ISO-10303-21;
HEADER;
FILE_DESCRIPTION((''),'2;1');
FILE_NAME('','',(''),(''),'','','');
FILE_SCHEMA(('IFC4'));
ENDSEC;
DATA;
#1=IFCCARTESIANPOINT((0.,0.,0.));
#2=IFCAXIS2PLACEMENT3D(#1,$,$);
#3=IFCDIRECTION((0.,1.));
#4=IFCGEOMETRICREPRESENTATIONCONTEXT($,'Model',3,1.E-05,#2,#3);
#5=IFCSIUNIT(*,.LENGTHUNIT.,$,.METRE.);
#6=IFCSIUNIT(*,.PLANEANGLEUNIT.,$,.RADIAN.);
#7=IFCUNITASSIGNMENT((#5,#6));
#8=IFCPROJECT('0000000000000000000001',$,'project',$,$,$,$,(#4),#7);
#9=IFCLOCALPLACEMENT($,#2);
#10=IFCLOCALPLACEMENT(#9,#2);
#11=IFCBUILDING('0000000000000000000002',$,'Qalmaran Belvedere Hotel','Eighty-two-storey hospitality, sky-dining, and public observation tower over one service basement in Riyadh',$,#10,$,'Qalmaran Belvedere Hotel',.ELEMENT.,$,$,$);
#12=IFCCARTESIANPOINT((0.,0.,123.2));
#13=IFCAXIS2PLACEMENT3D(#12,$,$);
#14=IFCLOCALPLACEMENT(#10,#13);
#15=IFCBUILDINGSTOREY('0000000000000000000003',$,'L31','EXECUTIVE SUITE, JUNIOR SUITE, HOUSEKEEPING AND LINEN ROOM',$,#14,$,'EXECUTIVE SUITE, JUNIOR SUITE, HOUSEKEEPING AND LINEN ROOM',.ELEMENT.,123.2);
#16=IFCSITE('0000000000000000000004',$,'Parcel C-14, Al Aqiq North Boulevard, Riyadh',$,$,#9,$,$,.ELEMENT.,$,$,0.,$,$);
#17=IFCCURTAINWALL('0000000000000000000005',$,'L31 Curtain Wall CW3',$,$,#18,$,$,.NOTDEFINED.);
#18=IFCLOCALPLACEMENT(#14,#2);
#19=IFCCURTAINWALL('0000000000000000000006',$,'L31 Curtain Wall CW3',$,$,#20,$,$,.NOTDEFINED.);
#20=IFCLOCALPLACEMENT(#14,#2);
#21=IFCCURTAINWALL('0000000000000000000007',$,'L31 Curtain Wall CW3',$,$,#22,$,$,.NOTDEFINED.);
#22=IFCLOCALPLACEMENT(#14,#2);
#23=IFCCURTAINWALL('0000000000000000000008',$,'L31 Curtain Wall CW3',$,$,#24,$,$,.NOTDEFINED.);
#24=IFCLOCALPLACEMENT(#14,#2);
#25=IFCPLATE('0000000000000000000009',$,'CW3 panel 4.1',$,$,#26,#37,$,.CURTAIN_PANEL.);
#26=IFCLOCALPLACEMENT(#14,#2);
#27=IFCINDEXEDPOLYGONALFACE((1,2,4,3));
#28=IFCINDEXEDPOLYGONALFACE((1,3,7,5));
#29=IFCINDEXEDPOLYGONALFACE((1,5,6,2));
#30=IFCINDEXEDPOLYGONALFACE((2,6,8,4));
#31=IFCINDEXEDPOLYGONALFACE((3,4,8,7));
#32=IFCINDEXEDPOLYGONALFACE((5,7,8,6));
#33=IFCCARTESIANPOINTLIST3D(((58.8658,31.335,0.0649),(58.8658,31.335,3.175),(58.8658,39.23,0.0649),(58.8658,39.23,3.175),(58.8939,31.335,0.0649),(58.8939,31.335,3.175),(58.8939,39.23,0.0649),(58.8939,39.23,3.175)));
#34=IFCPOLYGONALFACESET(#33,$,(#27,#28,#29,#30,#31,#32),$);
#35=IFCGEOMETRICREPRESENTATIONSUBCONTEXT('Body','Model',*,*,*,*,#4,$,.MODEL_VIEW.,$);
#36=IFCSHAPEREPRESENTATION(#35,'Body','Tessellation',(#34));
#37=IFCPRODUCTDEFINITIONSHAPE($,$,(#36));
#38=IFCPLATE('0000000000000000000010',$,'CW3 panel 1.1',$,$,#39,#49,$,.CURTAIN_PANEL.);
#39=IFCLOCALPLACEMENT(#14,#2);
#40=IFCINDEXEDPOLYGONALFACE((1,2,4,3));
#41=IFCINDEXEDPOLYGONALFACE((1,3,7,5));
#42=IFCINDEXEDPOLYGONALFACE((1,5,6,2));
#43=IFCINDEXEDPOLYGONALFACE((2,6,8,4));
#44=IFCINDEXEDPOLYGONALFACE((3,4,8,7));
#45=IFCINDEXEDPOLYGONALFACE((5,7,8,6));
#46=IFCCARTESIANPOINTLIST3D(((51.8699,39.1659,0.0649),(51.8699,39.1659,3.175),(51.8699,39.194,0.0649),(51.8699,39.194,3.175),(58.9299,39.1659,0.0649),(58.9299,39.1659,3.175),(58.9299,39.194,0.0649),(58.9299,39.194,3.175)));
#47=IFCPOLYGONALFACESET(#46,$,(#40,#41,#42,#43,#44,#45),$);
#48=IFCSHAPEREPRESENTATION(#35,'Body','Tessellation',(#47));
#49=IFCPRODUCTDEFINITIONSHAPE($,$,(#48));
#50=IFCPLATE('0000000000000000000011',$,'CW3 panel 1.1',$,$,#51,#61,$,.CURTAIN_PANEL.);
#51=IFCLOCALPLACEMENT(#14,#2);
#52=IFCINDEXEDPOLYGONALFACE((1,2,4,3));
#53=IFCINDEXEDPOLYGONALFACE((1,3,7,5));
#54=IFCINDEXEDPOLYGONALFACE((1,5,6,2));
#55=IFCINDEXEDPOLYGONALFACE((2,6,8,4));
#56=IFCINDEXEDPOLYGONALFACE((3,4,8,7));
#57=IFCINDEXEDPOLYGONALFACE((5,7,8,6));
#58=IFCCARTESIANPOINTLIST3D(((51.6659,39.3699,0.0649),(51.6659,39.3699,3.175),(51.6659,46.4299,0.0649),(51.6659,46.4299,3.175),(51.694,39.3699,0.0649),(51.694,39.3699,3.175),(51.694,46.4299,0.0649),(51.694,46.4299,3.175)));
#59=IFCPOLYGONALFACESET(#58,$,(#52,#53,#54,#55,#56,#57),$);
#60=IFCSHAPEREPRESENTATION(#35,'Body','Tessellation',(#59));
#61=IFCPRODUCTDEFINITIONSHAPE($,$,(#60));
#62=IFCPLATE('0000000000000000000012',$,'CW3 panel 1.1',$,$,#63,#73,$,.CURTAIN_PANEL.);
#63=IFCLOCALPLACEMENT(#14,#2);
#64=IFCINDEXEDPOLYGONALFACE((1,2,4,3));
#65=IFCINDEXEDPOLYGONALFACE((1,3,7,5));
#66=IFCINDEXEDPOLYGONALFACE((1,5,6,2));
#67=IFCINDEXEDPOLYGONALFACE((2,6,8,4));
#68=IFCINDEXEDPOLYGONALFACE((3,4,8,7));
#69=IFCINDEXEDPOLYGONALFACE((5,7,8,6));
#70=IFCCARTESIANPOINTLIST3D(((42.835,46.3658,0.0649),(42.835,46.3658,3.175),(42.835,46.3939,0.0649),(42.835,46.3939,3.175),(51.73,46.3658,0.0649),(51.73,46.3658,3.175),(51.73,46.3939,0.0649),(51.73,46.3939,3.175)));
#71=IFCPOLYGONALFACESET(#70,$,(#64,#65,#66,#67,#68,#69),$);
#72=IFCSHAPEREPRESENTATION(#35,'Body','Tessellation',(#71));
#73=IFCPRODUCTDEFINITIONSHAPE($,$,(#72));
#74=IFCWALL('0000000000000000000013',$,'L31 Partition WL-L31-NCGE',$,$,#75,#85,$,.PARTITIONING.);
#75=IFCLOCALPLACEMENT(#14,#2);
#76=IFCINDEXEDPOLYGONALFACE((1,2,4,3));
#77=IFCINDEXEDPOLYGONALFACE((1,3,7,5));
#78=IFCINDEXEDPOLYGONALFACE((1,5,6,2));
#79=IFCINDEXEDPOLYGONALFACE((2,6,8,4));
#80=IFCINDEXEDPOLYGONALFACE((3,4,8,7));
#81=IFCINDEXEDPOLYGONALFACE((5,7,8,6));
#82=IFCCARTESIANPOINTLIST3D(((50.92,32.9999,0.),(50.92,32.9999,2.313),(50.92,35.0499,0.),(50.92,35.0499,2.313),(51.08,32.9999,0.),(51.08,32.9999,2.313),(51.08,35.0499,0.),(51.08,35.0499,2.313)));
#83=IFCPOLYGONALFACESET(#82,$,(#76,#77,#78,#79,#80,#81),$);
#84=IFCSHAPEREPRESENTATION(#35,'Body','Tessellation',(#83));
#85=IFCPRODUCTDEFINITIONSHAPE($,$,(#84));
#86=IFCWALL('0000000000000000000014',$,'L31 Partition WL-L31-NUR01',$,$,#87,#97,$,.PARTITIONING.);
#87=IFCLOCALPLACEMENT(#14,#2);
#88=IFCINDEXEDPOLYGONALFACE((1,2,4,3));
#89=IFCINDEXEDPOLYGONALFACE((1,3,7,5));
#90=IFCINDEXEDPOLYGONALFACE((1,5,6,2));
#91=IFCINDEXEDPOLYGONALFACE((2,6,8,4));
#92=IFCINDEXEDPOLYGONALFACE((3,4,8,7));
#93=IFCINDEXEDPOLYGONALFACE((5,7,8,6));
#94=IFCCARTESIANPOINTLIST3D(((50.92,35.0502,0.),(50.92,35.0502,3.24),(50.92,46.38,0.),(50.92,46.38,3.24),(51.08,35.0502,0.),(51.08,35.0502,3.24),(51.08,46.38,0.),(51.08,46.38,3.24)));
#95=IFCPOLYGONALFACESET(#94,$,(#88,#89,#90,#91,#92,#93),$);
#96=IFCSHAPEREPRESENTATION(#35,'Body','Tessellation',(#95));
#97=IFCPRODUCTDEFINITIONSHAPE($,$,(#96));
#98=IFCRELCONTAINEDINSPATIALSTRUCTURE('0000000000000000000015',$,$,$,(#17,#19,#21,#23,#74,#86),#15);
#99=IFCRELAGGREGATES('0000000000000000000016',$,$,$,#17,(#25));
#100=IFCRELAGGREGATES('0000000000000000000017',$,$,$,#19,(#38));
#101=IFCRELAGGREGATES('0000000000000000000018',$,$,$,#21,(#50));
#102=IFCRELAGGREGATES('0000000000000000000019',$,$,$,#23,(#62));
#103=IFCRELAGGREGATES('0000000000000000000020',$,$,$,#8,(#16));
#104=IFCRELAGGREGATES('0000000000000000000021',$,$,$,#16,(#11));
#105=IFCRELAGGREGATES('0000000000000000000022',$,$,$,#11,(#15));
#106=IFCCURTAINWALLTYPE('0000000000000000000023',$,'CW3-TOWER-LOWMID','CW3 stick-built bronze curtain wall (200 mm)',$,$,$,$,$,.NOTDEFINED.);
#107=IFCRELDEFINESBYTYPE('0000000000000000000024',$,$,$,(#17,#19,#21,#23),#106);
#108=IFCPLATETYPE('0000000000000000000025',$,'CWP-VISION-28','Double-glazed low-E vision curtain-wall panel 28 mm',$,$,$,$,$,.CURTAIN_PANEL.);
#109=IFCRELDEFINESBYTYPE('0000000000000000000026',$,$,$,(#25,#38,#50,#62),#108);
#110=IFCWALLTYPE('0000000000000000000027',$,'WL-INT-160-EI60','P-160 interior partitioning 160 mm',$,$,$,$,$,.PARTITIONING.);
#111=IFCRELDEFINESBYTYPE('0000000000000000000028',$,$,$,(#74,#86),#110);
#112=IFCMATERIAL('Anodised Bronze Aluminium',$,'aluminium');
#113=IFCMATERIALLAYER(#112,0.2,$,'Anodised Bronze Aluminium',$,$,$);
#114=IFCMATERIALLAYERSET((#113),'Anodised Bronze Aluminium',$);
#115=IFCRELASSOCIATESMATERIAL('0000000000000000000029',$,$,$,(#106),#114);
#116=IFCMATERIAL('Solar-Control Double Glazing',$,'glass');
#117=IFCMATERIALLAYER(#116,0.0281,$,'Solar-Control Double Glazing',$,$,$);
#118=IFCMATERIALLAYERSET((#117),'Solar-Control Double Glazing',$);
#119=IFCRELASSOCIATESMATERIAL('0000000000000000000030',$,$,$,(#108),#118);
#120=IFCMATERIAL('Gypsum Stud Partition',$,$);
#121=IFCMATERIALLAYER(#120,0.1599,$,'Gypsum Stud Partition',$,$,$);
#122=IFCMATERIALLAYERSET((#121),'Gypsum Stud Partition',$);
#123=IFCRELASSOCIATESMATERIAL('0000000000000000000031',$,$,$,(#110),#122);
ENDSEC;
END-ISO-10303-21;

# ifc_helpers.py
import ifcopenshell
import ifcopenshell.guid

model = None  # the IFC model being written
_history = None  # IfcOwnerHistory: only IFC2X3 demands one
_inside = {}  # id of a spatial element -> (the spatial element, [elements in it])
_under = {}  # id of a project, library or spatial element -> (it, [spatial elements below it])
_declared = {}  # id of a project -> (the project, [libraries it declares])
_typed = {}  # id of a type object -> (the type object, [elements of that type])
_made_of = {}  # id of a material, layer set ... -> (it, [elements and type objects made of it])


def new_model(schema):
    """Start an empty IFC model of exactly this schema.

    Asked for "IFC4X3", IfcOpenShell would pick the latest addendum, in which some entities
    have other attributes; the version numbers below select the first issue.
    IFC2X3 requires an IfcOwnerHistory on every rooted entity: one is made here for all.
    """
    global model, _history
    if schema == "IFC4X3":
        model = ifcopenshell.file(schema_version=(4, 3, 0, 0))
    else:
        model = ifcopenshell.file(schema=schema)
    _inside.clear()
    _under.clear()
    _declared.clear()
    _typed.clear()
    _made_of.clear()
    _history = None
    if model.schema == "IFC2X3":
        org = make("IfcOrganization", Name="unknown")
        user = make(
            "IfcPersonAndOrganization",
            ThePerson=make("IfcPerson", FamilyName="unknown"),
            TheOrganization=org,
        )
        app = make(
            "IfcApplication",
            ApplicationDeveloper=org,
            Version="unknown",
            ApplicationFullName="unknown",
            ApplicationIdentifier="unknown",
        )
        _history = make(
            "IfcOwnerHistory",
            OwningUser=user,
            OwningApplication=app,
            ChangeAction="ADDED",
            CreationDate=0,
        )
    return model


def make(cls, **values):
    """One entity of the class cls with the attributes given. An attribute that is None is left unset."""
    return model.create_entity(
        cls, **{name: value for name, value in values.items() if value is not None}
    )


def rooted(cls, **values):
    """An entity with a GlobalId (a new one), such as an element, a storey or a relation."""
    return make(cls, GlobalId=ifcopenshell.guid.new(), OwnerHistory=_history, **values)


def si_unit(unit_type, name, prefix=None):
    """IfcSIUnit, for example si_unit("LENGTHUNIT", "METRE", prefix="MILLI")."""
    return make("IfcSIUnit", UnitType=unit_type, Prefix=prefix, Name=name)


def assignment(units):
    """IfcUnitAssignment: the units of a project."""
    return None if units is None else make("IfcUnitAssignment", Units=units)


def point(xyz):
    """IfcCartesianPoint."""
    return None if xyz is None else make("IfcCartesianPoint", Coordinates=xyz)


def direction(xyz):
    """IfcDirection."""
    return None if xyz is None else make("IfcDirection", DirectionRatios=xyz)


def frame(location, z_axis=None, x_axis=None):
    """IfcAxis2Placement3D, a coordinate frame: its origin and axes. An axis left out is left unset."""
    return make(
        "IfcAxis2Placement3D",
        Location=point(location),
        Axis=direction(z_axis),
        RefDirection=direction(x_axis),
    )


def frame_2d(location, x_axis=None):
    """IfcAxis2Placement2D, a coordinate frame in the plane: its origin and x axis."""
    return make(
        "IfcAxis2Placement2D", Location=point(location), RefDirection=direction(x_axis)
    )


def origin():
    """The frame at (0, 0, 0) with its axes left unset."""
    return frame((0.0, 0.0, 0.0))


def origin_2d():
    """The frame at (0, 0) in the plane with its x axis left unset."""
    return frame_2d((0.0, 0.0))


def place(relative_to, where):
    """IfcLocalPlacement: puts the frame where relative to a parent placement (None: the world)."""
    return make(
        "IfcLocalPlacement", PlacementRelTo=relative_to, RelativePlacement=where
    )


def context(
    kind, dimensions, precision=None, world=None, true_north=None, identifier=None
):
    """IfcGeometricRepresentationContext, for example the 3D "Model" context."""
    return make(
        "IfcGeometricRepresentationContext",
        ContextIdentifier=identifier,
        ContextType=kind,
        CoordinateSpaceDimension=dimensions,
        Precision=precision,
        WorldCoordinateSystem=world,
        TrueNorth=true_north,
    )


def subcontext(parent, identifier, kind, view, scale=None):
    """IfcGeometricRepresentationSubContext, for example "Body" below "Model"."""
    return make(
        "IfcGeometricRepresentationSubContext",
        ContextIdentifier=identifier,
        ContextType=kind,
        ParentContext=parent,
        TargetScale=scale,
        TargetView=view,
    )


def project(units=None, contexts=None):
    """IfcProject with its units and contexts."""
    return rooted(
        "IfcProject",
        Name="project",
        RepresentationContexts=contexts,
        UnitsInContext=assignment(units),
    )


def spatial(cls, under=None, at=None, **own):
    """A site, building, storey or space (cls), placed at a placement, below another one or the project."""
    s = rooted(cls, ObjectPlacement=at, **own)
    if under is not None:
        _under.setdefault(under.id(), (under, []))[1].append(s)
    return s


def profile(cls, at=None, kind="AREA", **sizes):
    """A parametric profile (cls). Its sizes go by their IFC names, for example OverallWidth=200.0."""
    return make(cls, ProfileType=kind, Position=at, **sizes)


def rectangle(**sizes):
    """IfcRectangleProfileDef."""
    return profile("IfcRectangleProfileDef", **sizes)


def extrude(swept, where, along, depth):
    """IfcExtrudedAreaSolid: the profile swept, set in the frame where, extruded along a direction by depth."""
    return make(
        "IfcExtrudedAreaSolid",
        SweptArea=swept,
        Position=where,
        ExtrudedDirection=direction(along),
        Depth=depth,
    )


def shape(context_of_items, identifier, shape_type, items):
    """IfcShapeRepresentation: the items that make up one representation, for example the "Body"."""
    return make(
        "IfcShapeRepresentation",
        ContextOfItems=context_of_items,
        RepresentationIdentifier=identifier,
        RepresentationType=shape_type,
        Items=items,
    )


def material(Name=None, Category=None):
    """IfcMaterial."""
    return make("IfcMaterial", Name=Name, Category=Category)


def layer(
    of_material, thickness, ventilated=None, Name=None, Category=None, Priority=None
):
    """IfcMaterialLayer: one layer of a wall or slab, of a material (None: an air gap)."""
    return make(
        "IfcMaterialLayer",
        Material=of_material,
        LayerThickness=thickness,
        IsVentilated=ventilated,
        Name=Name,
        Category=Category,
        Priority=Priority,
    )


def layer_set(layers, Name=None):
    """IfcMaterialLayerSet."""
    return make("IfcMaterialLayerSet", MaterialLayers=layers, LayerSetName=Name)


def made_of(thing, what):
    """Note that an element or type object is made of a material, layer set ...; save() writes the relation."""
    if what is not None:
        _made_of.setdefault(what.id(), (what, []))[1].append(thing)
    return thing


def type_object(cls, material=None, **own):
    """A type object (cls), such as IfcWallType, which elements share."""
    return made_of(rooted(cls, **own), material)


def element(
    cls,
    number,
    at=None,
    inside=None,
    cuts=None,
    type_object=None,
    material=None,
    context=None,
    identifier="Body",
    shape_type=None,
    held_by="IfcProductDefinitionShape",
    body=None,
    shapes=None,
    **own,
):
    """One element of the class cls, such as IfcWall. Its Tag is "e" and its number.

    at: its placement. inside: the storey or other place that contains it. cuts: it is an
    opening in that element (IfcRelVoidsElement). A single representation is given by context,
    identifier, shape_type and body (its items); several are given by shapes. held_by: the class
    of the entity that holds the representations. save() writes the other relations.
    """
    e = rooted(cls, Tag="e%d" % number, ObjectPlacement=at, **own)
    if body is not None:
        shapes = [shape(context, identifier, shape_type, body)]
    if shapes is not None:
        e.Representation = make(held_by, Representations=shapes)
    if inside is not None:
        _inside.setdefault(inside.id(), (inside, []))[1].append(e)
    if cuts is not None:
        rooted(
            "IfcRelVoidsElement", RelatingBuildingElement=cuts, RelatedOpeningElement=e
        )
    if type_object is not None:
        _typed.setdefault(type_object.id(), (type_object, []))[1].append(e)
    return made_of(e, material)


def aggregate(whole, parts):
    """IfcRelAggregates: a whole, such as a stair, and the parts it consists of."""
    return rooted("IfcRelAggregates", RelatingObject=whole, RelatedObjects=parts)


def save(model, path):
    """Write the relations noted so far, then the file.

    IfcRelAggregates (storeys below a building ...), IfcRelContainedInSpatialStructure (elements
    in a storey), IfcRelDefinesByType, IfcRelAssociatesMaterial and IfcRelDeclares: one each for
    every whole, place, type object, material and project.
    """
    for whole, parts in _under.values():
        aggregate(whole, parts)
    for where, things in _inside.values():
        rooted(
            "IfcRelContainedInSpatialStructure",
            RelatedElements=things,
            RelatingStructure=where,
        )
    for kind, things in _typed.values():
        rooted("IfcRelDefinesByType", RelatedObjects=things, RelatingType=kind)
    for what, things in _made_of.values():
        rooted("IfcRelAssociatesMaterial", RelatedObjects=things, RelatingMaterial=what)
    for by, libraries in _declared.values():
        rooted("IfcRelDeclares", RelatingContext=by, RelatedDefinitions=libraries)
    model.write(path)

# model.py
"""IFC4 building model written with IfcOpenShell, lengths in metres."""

from ifc_helpers import new_model, si_unit, direction, frame, frame_2d, origin, origin_2d, place, context, subcontext, project, spatial, rectangle, extrude, material, layer, layer_set, type_object, element, aggregate, save


model = new_model("IFC4")

# Units and contexts
model_context = context("Model", 3, precision=1e-05, world=origin(), true_north=direction((0.0, 1.0)))
body_context = subcontext(model_context, "Body", "Model", "MODEL_VIEW")
ifc_project = project(units=[si_unit("LENGTHUNIT", "METRE"), si_unit("PLANEANGLEUNIT", "RADIAN")], contexts=[model_context])

# Site, building, storey
site_placement = place(None, origin())
site = spatial("IfcSite", under=ifc_project, at=site_placement, Name="Parcel C-14, Al Aqiq North Boulevard, Riyadh", CompositionType="ELEMENT", RefElevation=0.0)
building_placement = place(site_placement, origin())
building = spatial("IfcBuilding", under=site, at=building_placement, Name="Qalmaran Belvedere Hotel", Description="Eighty-two-storey hospitality, sky-dining, and public observation tower over one service basement in Riyadh", LongName="Qalmaran Belvedere Hotel", CompositionType="ELEMENT")
storey_placement = place(building_placement, frame((0.0, 0.0, 123.2)))
storey = spatial("IfcBuildingStorey", under=building, at=storey_placement, Name="L31", Description="EXECUTIVE SUITE, JUNIOR SUITE, HOUSEKEEPING AND LINEN ROOM", LongName="EXECUTIVE SUITE, JUNIOR SUITE, HOUSEKEEPING AND LINEN ROOM", CompositionType="ELEMENT", Elevation=123.2)

# Curtain wall
ifc_material_1 = material(Name="Anodised Bronze Aluminium", Category="aluminium")
ifc_layer_1 = layer(ifc_material_1, 0.2, Name="Anodised Bronze Aluminium")
ifc_layer_set_1 = layer_set([ifc_layer_1], Name="Anodised Bronze Aluminium")
curtain_wall_type = type_object("IfcCurtainWallType", Name="CW3-TOWER-LOWMID", Description="CW3 stick-built bronze curtain wall (200 mm)", PredefinedType="NOTDEFINED", material=ifc_layer_set_1)
curtain_wall_1_placement = place(storey_placement, origin())
curtain_wall_1 = element("IfcCurtainWall", 1, at=curtain_wall_1_placement, inside=storey, type_object=curtain_wall_type, Name="L31 Curtain Wall CW3", PredefinedType="NOTDEFINED")

# Curtain walls
curtain_wall_2_placement = place(storey_placement, origin())
curtain_wall_2 = element("IfcCurtainWall", 2, at=curtain_wall_2_placement, inside=storey, type_object=curtain_wall_type, Name="L31 Curtain Wall CW3", PredefinedType="NOTDEFINED")
curtain_wall_3_placement = place(storey_placement, origin())
curtain_wall_3 = element("IfcCurtainWall", 3, at=curtain_wall_3_placement, inside=storey, type_object=curtain_wall_type, Name="L31 Curtain Wall CW3", PredefinedType="NOTDEFINED")

# Curtain wall
curtain_wall_4_placement = place(storey_placement, origin())
curtain_wall_4 = element("IfcCurtainWall", 4, at=curtain_wall_4_placement, inside=storey, type_object=curtain_wall_type, Name="L31 Curtain Wall CW3", PredefinedType="NOTDEFINED")

# Plates
ifc_material_2 = material(Name="Solar-Control Double Glazing", Category="glass")
ifc_layer_2 = layer(ifc_material_2, 0.0281, Name="Solar-Control Double Glazing")
ifc_layer_set_2 = layer_set([ifc_layer_2], Name="Solar-Control Double Glazing")
plate_type = type_object("IfcPlateType", Name="CWP-VISION-28", Description="Double-glazed low-E vision curtain-wall panel 28 mm", PredefinedType="CURTAIN_PANEL", material=ifc_layer_set_2)
plate_1_placement = place(storey_placement, frame((58.8799, 35.2825, 0.0649), z_axis=(0.0, 0.0, 1.0), x_axis=(0.0, 1.0, 0.0)))
plate_1 = element("IfcPlate", 5, at=plate_1_placement, type_object=plate_type, Name="CW3 panel 4.1", PredefinedType="CURTAIN_PANEL", context=body_context, shape_type="SweptSolid", body=[
    extrude(rectangle(XDim=7.895, YDim=0.0281, at=origin_2d()), origin(), (0.0, 0.0, 1.0), 3.1101),
])
aggregate(curtain_wall_1, [plate_1])
plate_2_placement = place(storey_placement, frame((55.3999, 39.1799, 0.0649), z_axis=(0.0, 0.0, 1.0), x_axis=(-1.0, 0.0, 0.0)))
plate_2 = element("IfcPlate", 6, at=plate_2_placement, type_object=plate_type, Name="CW3 panel 1.1", PredefinedType="CURTAIN_PANEL", context=body_context, shape_type="SweptSolid", body=[
    extrude(rectangle(XDim=7.0601, YDim=0.0281, at=origin_2d()), origin(), (0.0, 0.0, 1.0), 3.1101),
])
aggregate(curtain_wall_2, [plate_2])
plate_3_placement = place(storey_placement, frame((51.6799, 42.8999, 0.0649), z_axis=(0.0, 0.0, 1.0), x_axis=(0.0, 1.0, 0.0)))
plate_3 = element("IfcPlate", 7, at=plate_3_placement, type_object=plate_type, Name="CW3 panel 1.1", PredefinedType="CURTAIN_PANEL", context=body_context, shape_type="SweptSolid", body=[
    extrude(rectangle(XDim=7.0601, YDim=0.0281, at=origin_2d()), origin(), (0.0, 0.0, 1.0), 3.1101),
])
aggregate(curtain_wall_3, [plate_3])
plate_4_placement = place(storey_placement, frame((47.2825, 46.3799, 0.0649), z_axis=(0.0, 0.0, 1.0), x_axis=(-1.0, 0.0, 0.0)))
plate_4 = element("IfcPlate", 8, at=plate_4_placement, type_object=plate_type, Name="CW3 panel 1.1", PredefinedType="CURTAIN_PANEL", context=body_context, shape_type="SweptSolid", body=[
    extrude(rectangle(XDim=8.895, YDim=0.0281, at=origin_2d()), origin(), (0.0, 0.0, 1.0), 3.1101),
])
aggregate(curtain_wall_4, [plate_4])

# Walls
ifc_material_3 = material(Name="Gypsum Stud Partition")
ifc_layer_3 = layer(ifc_material_3, 0.1599, Name="Gypsum Stud Partition")
ifc_layer_set_3 = layer_set([ifc_layer_3], Name="Gypsum Stud Partition")
wall_type = type_object("IfcWallType", Name="WL-INT-160-EI60", Description="P-160 interior partitioning 160 mm", PredefinedType="PARTITIONING", material=ifc_layer_set_3)
wall_1_placement = place(storey_placement, frame((51.0, 33.0, 0.0), z_axis=(0.0, 0.0, 1.0), x_axis=(0.0, 1.0, 0.0)))
element("IfcWall", 9, at=wall_1_placement, inside=storey, type_object=wall_type, Name="L31 Partition WL-L31-NCGE", PredefinedType="PARTITIONING", context=body_context, shape_type="SweptSolid", body=[
    extrude(rectangle(XDim=2.05, YDim=0.1599, at=frame_2d((1.0249, 0.0))), origin(), (0.0, 0.0, 1.0), 2.313),
])
wall_2_placement = place(storey_placement, frame((51.0, 35.05, 0.0), z_axis=(0.0, 0.0, 1.0), x_axis=(0.0, 1.0, 0.0)))
element("IfcWall", 10, at=wall_2_placement, inside=storey, type_object=wall_type, Name="L31 Partition WL-L31-NUR01", PredefinedType="PARTITIONING", context=body_context, shape_type="SweptSolid", body=[
    extrude(rectangle(XDim=11.3298, YDim=0.1599, at=frame_2d((5.665, 0.0))), origin(), (0.0, 0.0, 1.0), 3.24),
])

save(model, "model.ifc")
